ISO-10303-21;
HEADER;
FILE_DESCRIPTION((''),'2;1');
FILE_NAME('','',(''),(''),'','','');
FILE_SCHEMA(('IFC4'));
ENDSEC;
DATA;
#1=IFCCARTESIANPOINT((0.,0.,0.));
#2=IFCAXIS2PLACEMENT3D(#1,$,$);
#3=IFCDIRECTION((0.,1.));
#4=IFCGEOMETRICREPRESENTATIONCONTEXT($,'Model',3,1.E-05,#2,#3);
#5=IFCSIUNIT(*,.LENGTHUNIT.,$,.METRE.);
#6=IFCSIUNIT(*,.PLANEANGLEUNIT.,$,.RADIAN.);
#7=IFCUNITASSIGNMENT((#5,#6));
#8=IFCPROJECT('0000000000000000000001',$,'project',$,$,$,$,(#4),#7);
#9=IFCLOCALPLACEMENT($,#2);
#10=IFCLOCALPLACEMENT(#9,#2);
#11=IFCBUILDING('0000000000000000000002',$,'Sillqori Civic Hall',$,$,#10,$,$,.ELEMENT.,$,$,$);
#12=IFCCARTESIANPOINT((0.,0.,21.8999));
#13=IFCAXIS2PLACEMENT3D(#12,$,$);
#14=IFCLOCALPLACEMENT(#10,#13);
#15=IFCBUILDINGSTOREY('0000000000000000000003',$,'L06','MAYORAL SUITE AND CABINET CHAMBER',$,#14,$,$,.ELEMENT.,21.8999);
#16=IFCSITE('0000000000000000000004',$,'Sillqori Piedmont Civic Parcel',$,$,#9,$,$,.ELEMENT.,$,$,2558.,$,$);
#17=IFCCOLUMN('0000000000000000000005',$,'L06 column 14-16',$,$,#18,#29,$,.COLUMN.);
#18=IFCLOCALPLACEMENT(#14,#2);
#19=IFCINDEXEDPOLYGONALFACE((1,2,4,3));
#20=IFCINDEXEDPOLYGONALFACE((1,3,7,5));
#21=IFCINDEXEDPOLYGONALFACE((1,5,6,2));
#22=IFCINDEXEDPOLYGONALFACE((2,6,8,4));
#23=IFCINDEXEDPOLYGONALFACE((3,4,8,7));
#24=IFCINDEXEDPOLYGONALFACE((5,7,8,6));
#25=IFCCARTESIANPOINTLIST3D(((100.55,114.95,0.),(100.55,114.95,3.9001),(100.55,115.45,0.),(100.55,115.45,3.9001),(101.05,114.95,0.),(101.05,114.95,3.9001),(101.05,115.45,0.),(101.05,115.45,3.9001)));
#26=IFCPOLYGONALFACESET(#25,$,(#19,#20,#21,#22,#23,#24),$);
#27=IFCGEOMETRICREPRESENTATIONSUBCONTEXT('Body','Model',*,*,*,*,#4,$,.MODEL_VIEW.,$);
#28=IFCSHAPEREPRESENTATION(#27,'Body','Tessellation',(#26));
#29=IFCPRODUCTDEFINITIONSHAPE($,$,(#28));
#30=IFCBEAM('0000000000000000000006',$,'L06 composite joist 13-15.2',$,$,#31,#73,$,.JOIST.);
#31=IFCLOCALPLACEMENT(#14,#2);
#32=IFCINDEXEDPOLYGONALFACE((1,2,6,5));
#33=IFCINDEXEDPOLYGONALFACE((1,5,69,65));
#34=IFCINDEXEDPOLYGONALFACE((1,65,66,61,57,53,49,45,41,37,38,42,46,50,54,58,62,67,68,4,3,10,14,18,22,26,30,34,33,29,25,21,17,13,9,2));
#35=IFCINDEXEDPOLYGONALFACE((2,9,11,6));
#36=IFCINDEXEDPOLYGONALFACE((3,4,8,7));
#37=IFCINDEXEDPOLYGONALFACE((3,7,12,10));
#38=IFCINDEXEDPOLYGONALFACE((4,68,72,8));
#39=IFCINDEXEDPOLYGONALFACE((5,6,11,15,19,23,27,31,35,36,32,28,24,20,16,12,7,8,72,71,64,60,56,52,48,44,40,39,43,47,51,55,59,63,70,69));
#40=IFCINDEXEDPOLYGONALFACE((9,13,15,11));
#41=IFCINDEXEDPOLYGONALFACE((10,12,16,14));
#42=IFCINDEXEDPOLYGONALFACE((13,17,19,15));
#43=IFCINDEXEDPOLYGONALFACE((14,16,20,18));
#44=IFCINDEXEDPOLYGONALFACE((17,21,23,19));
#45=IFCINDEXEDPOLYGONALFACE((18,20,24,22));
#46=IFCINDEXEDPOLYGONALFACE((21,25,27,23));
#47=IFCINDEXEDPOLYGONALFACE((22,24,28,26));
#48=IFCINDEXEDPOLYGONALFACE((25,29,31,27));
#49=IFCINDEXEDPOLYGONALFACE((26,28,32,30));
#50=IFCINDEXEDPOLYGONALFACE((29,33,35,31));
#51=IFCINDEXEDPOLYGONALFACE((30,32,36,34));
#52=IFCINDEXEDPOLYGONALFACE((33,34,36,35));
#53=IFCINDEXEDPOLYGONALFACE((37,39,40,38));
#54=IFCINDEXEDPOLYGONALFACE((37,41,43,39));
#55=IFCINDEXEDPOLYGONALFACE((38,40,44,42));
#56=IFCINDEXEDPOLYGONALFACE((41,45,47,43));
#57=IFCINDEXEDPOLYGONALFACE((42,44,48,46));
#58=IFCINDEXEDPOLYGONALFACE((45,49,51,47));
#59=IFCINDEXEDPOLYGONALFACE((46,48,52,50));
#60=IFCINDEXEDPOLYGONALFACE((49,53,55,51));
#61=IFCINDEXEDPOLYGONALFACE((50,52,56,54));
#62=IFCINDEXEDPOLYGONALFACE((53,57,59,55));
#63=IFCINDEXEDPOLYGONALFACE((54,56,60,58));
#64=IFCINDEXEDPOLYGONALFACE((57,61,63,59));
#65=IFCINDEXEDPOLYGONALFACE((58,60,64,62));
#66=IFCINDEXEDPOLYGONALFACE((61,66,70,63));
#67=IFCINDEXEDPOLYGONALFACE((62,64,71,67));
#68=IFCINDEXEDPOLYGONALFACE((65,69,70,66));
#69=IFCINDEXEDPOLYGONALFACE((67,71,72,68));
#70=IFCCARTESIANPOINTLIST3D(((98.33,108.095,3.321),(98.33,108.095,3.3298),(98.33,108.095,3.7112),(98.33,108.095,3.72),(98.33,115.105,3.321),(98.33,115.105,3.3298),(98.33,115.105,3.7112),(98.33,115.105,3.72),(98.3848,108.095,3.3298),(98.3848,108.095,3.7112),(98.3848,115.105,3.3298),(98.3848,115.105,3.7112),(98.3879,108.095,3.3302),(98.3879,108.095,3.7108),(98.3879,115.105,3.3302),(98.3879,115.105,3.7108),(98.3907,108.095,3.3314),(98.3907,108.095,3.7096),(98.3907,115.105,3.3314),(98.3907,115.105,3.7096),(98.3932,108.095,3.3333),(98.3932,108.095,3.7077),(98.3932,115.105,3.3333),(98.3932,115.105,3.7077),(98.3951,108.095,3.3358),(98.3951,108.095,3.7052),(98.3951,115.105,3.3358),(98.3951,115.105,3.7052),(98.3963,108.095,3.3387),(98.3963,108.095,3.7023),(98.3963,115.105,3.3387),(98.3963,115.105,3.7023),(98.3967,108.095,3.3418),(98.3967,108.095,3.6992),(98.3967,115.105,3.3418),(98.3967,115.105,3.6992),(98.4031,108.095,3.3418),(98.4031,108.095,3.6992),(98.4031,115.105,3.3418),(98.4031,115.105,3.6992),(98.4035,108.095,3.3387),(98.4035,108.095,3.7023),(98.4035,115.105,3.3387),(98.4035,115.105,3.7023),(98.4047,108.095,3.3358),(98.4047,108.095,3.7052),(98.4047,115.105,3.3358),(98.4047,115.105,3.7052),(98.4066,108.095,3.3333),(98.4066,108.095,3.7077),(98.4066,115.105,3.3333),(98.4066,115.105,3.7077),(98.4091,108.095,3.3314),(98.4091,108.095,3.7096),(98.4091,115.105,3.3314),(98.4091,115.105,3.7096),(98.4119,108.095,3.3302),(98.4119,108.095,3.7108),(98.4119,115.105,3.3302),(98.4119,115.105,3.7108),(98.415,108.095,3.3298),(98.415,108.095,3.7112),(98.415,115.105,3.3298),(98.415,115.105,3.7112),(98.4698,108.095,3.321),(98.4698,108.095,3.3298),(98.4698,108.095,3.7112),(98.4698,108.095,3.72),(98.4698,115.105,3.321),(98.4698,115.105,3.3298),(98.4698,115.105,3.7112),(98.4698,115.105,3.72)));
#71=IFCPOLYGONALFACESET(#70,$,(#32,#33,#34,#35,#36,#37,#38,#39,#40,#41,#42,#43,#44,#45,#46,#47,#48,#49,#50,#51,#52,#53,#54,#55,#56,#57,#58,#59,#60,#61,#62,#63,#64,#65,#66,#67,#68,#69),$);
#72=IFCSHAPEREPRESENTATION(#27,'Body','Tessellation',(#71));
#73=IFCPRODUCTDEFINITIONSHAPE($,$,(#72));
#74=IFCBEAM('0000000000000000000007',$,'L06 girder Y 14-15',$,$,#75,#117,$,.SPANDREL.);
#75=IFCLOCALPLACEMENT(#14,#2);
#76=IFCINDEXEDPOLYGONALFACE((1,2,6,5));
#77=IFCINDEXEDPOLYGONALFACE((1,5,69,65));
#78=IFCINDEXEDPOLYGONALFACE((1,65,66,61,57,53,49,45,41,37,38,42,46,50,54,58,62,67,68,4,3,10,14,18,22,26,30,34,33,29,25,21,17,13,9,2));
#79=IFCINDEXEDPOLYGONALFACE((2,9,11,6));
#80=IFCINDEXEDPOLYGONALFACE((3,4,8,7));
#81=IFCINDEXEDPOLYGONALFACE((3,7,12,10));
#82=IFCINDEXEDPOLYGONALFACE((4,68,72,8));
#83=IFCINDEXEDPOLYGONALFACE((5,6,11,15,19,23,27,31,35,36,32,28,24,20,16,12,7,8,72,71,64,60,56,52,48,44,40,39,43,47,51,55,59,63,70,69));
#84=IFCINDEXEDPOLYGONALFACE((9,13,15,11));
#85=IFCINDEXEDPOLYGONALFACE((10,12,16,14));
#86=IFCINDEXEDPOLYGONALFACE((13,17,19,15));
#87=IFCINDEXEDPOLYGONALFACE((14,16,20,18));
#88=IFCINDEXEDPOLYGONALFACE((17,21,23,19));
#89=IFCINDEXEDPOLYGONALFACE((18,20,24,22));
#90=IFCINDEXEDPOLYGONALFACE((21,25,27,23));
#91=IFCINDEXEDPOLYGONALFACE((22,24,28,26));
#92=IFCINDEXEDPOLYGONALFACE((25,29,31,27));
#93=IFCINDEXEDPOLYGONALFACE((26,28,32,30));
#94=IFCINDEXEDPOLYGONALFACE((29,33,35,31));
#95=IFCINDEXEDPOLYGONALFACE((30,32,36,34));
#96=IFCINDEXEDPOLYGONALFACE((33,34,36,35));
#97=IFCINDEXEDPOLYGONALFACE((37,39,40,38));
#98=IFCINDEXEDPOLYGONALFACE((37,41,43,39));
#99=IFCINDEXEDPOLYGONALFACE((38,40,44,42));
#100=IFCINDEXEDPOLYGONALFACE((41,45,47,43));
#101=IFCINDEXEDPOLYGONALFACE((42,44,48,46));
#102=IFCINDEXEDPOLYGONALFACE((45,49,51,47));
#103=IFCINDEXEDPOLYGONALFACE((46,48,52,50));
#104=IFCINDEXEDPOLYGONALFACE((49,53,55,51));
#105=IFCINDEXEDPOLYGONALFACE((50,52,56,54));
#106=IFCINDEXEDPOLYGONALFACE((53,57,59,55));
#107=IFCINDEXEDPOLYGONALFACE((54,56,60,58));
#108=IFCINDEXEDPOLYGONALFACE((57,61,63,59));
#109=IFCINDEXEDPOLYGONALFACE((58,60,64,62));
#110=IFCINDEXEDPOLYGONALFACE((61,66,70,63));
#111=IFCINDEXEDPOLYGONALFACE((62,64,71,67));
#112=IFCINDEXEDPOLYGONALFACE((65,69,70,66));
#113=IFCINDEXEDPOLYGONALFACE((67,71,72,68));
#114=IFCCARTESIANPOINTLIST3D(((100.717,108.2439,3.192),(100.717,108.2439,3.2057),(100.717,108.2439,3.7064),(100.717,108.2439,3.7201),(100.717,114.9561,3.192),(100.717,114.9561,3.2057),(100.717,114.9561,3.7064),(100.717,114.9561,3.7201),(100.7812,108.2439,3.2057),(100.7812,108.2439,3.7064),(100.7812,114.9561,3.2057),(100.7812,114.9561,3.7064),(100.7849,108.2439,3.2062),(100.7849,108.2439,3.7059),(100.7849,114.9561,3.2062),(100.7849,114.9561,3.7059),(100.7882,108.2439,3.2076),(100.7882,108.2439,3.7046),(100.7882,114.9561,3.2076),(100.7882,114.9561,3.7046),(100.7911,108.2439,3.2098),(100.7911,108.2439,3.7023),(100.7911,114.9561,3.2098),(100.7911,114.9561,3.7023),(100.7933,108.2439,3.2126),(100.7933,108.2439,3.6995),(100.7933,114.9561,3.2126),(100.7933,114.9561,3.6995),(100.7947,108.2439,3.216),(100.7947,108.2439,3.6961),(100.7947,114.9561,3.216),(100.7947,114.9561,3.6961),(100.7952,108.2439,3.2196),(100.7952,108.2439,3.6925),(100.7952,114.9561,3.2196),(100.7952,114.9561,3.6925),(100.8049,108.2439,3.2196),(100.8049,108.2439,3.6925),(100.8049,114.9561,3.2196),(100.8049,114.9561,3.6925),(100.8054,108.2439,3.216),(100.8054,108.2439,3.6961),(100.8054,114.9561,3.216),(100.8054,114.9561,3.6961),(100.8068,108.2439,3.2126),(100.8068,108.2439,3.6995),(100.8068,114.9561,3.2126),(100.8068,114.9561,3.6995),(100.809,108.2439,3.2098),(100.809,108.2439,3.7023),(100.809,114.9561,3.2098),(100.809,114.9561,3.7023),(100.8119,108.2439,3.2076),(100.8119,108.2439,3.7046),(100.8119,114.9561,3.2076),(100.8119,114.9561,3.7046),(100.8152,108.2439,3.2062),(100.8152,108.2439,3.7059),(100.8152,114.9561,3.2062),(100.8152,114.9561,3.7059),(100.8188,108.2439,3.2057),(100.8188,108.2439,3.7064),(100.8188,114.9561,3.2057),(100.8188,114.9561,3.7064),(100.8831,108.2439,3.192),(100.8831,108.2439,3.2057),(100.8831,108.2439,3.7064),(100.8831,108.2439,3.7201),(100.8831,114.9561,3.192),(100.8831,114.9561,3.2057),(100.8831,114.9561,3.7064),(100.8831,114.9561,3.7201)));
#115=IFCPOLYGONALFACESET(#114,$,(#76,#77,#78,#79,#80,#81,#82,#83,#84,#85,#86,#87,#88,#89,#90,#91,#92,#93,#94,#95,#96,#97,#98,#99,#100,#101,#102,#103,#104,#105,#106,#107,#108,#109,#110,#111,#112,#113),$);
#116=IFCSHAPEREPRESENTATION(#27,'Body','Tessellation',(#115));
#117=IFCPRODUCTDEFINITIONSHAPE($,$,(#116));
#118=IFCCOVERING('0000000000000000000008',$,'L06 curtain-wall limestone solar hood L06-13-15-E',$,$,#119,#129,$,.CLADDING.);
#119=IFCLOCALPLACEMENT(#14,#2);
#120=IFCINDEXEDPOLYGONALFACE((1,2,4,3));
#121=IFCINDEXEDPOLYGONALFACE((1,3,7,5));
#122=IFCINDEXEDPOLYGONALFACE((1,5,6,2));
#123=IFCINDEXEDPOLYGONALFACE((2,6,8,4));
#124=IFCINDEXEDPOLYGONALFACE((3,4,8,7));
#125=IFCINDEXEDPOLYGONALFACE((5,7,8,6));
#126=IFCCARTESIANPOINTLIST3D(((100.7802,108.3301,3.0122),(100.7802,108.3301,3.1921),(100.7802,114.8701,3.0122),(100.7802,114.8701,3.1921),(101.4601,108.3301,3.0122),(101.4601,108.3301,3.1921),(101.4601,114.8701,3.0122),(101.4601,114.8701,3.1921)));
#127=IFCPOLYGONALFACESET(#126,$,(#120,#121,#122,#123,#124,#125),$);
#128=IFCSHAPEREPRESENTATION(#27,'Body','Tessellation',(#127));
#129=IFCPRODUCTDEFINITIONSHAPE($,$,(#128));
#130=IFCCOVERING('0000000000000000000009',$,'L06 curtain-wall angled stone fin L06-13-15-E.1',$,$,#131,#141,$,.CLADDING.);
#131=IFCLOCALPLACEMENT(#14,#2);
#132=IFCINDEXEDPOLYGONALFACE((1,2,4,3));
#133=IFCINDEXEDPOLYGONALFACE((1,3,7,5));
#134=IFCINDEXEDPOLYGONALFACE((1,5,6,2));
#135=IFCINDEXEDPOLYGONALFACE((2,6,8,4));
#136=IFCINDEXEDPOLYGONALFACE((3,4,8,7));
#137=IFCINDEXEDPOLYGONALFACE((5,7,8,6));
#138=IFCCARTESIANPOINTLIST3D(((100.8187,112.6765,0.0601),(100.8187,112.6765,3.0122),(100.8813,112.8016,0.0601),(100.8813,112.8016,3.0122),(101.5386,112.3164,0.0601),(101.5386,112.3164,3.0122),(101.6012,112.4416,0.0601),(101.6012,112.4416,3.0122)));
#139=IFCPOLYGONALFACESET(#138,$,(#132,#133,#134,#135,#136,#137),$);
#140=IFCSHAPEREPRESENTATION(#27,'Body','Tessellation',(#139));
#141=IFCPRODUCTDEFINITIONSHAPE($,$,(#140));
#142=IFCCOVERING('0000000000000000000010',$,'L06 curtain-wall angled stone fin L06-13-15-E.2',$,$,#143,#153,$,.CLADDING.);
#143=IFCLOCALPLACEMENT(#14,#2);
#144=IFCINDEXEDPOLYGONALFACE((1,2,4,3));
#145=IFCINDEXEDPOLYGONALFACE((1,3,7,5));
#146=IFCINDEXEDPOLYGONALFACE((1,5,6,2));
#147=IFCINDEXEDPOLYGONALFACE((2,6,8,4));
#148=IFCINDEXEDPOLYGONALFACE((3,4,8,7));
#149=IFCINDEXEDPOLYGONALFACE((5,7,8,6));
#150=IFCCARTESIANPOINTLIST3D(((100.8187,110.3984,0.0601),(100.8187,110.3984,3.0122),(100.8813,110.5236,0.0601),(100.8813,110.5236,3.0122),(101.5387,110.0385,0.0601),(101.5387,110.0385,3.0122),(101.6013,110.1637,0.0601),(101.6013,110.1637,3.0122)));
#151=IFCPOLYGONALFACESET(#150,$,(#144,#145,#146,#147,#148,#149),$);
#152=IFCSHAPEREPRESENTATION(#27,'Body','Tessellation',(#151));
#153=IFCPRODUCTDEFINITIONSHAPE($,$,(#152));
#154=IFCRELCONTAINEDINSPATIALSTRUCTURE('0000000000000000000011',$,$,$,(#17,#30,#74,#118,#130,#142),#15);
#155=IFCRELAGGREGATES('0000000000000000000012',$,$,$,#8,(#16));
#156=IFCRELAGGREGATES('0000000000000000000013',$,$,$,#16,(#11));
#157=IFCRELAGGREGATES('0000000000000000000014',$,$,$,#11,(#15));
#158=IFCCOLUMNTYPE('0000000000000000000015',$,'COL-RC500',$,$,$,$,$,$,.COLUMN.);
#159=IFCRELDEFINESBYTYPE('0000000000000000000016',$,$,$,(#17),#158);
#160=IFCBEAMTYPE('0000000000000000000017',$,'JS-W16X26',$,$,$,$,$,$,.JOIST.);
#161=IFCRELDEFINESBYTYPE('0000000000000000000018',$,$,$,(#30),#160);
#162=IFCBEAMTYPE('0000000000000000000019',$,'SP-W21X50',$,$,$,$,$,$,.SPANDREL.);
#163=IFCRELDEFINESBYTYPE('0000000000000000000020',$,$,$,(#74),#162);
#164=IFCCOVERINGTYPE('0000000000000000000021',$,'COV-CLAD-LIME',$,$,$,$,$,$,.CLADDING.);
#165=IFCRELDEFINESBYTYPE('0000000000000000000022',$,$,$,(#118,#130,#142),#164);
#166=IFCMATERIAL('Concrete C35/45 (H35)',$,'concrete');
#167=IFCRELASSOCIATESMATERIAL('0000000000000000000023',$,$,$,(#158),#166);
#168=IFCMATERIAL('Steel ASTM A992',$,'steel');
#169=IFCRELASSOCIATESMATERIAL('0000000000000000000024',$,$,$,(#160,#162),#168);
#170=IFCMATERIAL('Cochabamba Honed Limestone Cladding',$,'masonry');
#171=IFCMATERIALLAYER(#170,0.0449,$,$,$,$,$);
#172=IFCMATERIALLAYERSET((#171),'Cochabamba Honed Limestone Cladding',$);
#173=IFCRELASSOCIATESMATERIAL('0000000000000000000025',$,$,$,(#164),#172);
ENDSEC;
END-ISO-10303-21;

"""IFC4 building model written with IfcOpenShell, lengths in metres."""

from ifc_helpers import new_model, si_unit, direction, frame, frame_2d, origin, origin_2d, place, context, subcontext, project, spatial, rectangle, i_section, extrude, material, layer, layer_set, material_profile, profile_set, type_object, element, save


model = new_model("IFC4")

# Units and contexts
model_context = context("Model", 3, precision=1e-05, world=origin(), true_north=direction((0.0, 1.0)))
body_context = subcontext(model_context, "Body", "Model", "MODEL_VIEW")
ifc_project = project(units=[si_unit("LENGTHUNIT", "METRE"), si_unit("PLANEANGLEUNIT", "RADIAN")], contexts=[model_context])

# Site, building, storey
site_placement = place(None, origin())
site = spatial("IfcSite", under=ifc_project, at=site_placement, Name="Sillqori Piedmont Civic Parcel", CompositionType="ELEMENT", RefElevation=2558.0)
building_placement = place(site_placement, origin())
building = spatial("IfcBuilding", under=site, at=building_placement, Name="Sillqori Civic Hall", CompositionType="ELEMENT")
storey_placement = place(building_placement, frame((0.0, 0.0, 21.8999)))
storey = spatial("IfcBuildingStorey", under=building, at=storey_placement, Name="L06", Description="MAYORAL SUITE AND CABINET CHAMBER", CompositionType="ELEMENT", Elevation=21.8999)

# Column
ifc_material_1 = material(Name="Concrete C35/45 (H35)", Category="concrete")
ifc_material_profile_1 = material_profile(ifc_material_1, rectangle(XDim=0.5, YDim=0.5, at=origin_2d()), Name="RC 500x500")
ifc_profile_set_1 = profile_set([ifc_material_profile_1], Name="Concrete C35/45 (H35)")
column_type = type_object("IfcColumnType", Name="COL-RC500", PredefinedType="COLUMN", material=ifc_profile_set_1)
column_placement = place(storey_placement, frame((100.8, 115.2, 0.0), z_axis=(0.0, 0.0, 1.0), x_axis=(1.0, 0.0, 0.0)))
element("IfcColumn", 1, at=column_placement, inside=storey, type_object=column_type, Name="L06 column 14-16", PredefinedType="COLUMN", context=body_context, shape_type="SweptSolid", body=[
    extrude(rectangle(XDim=0.5, YDim=0.5, at=origin_2d()), origin(), (0.0, 0.0, 1.0), 3.9001),
])

# Beams
ifc_material_2 = material(Name="Steel ASTM A992", Category="steel")
ifc_material_profile_2 = material_profile(ifc_material_2, i_section(OverallWidth=0.1399, OverallDepth=0.3989, WebThickness=0.0063, FlangeThickness=0.0088, FilletRadius=0.012, at=origin_2d()), Name="W16X26")
ifc_profile_set_2 = profile_set([ifc_material_profile_2], Name="Steel ASTM A992")
beam_type_1 = type_object("IfcBeamType", Name="JS-W16X26", PredefinedType="JOIST", material=ifc_profile_set_2)
beam_1_placement = place(storey_placement, frame((98.3999, 108.095, 3.5205), z_axis=(0.0, 1.0, 0.0), x_axis=(-1.0, 0.0, 0.0)))
element("IfcBeam", 2, at=beam_1_placement, inside=storey, type_object=beam_type_1, Name="L06 composite joist 13-15.2", PredefinedType="JOIST", context=body_context, shape_type="SweptSolid", body=[
    extrude(i_section(OverallWidth=0.1399, OverallDepth=0.3989, WebThickness=0.0063, FlangeThickness=0.0088, FilletRadius=0.012, at=origin_2d()), origin(), (0.0, 0.0, 1.0), 7.01),
])
ifc_material_profile_3 = material_profile(ifc_material_2, i_section(OverallWidth=0.166, OverallDepth=0.5281, WebThickness=0.0098, FlangeThickness=0.0137, FilletRadius=0.0139, at=origin_2d()), Name="W21X50")
ifc_profile_set_3 = profile_set([ifc_material_profile_3], Name="Steel ASTM A992")
beam_type_2 = type_object("IfcBeamType", Name="SP-W21X50", PredefinedType="SPANDREL", material=ifc_profile_set_3)
beam_2_placement = place(storey_placement, frame((100.8, 108.2439, 3.4561), z_axis=(0.0, 1.0, 0.0), x_axis=(-1.0, 0.0, 0.0)))
element("IfcBeam", 3, at=beam_2_placement, inside=storey, type_object=beam_type_2, Name="L06 girder Y 14-15", PredefinedType="SPANDREL", context=body_context, shape_type="SweptSolid", body=[
    extrude(i_section(OverallWidth=0.166, OverallDepth=0.5281, WebThickness=0.0098, FlangeThickness=0.0137, FilletRadius=0.0139, at=origin_2d()), origin(), (0.0, 0.0, 1.0), 6.7122),
])

# Coverings
ifc_material_3 = material(Name="Cochabamba Honed Limestone Cladding", Category="masonry")
ifc_layer_1 = layer(ifc_material_3, 0.0449)
ifc_layer_set_1 = layer_set([ifc_layer_1], Name="Cochabamba Honed Limestone Cladding")
covering_type = type_object("IfcCoveringType", Name="COV-CLAD-LIME", PredefinedType="CLADDING", material=ifc_layer_set_1)
covering_placement = place(storey_placement, frame((101.1201, 114.8701, 3.0122), z_axis=(0.0, 0.0, 1.0), x_axis=(0.0, -1.0, 0.0)))
element("IfcCovering", 4, at=covering_placement, inside=storey, type_object=covering_type, Name="L06 curtain-wall limestone solar hood L06-13-15-E", PredefinedType="CLADDING", context=body_context, shape_type="SweptSolid", body=[
    extrude(rectangle(XDim=6.54, YDim=0.6799, at=frame_2d((3.27, 0.0))), origin(), (0.0, 0.0, 1.0), 0.1799),
])
for number, where, z_axis, x_axis, name in (
    (5, (100.8501, 112.739, 0.0601), (0.0, 0.0, 1.0), (0.894367, -0.447335, 0.0), "L06 curtain-wall angled stone fin L06-13-15-E.1"),
    (6, (100.8501, 110.4609, 0.0601), (0.0, 0.0, 1.0), (0.894488, -0.447092, 0.0), "L06 curtain-wall angled stone fin L06-13-15-E.2"),
):
    element("IfcCovering", number, at=place(storey_placement, frame(where, z_axis=z_axis, x_axis=x_axis)), inside=storey, type_object=covering_type, Name=name, PredefinedType="CLADDING", context=body_context, shape_type="SweptSolid", body=[
        extrude(rectangle(XDim=0.8049, YDim=0.1399, at=frame_2d((0.4023, 0.0))), origin(), (0.0, 0.0, 1.0), 2.9521),
    ])

save(model, "model.ifc")
